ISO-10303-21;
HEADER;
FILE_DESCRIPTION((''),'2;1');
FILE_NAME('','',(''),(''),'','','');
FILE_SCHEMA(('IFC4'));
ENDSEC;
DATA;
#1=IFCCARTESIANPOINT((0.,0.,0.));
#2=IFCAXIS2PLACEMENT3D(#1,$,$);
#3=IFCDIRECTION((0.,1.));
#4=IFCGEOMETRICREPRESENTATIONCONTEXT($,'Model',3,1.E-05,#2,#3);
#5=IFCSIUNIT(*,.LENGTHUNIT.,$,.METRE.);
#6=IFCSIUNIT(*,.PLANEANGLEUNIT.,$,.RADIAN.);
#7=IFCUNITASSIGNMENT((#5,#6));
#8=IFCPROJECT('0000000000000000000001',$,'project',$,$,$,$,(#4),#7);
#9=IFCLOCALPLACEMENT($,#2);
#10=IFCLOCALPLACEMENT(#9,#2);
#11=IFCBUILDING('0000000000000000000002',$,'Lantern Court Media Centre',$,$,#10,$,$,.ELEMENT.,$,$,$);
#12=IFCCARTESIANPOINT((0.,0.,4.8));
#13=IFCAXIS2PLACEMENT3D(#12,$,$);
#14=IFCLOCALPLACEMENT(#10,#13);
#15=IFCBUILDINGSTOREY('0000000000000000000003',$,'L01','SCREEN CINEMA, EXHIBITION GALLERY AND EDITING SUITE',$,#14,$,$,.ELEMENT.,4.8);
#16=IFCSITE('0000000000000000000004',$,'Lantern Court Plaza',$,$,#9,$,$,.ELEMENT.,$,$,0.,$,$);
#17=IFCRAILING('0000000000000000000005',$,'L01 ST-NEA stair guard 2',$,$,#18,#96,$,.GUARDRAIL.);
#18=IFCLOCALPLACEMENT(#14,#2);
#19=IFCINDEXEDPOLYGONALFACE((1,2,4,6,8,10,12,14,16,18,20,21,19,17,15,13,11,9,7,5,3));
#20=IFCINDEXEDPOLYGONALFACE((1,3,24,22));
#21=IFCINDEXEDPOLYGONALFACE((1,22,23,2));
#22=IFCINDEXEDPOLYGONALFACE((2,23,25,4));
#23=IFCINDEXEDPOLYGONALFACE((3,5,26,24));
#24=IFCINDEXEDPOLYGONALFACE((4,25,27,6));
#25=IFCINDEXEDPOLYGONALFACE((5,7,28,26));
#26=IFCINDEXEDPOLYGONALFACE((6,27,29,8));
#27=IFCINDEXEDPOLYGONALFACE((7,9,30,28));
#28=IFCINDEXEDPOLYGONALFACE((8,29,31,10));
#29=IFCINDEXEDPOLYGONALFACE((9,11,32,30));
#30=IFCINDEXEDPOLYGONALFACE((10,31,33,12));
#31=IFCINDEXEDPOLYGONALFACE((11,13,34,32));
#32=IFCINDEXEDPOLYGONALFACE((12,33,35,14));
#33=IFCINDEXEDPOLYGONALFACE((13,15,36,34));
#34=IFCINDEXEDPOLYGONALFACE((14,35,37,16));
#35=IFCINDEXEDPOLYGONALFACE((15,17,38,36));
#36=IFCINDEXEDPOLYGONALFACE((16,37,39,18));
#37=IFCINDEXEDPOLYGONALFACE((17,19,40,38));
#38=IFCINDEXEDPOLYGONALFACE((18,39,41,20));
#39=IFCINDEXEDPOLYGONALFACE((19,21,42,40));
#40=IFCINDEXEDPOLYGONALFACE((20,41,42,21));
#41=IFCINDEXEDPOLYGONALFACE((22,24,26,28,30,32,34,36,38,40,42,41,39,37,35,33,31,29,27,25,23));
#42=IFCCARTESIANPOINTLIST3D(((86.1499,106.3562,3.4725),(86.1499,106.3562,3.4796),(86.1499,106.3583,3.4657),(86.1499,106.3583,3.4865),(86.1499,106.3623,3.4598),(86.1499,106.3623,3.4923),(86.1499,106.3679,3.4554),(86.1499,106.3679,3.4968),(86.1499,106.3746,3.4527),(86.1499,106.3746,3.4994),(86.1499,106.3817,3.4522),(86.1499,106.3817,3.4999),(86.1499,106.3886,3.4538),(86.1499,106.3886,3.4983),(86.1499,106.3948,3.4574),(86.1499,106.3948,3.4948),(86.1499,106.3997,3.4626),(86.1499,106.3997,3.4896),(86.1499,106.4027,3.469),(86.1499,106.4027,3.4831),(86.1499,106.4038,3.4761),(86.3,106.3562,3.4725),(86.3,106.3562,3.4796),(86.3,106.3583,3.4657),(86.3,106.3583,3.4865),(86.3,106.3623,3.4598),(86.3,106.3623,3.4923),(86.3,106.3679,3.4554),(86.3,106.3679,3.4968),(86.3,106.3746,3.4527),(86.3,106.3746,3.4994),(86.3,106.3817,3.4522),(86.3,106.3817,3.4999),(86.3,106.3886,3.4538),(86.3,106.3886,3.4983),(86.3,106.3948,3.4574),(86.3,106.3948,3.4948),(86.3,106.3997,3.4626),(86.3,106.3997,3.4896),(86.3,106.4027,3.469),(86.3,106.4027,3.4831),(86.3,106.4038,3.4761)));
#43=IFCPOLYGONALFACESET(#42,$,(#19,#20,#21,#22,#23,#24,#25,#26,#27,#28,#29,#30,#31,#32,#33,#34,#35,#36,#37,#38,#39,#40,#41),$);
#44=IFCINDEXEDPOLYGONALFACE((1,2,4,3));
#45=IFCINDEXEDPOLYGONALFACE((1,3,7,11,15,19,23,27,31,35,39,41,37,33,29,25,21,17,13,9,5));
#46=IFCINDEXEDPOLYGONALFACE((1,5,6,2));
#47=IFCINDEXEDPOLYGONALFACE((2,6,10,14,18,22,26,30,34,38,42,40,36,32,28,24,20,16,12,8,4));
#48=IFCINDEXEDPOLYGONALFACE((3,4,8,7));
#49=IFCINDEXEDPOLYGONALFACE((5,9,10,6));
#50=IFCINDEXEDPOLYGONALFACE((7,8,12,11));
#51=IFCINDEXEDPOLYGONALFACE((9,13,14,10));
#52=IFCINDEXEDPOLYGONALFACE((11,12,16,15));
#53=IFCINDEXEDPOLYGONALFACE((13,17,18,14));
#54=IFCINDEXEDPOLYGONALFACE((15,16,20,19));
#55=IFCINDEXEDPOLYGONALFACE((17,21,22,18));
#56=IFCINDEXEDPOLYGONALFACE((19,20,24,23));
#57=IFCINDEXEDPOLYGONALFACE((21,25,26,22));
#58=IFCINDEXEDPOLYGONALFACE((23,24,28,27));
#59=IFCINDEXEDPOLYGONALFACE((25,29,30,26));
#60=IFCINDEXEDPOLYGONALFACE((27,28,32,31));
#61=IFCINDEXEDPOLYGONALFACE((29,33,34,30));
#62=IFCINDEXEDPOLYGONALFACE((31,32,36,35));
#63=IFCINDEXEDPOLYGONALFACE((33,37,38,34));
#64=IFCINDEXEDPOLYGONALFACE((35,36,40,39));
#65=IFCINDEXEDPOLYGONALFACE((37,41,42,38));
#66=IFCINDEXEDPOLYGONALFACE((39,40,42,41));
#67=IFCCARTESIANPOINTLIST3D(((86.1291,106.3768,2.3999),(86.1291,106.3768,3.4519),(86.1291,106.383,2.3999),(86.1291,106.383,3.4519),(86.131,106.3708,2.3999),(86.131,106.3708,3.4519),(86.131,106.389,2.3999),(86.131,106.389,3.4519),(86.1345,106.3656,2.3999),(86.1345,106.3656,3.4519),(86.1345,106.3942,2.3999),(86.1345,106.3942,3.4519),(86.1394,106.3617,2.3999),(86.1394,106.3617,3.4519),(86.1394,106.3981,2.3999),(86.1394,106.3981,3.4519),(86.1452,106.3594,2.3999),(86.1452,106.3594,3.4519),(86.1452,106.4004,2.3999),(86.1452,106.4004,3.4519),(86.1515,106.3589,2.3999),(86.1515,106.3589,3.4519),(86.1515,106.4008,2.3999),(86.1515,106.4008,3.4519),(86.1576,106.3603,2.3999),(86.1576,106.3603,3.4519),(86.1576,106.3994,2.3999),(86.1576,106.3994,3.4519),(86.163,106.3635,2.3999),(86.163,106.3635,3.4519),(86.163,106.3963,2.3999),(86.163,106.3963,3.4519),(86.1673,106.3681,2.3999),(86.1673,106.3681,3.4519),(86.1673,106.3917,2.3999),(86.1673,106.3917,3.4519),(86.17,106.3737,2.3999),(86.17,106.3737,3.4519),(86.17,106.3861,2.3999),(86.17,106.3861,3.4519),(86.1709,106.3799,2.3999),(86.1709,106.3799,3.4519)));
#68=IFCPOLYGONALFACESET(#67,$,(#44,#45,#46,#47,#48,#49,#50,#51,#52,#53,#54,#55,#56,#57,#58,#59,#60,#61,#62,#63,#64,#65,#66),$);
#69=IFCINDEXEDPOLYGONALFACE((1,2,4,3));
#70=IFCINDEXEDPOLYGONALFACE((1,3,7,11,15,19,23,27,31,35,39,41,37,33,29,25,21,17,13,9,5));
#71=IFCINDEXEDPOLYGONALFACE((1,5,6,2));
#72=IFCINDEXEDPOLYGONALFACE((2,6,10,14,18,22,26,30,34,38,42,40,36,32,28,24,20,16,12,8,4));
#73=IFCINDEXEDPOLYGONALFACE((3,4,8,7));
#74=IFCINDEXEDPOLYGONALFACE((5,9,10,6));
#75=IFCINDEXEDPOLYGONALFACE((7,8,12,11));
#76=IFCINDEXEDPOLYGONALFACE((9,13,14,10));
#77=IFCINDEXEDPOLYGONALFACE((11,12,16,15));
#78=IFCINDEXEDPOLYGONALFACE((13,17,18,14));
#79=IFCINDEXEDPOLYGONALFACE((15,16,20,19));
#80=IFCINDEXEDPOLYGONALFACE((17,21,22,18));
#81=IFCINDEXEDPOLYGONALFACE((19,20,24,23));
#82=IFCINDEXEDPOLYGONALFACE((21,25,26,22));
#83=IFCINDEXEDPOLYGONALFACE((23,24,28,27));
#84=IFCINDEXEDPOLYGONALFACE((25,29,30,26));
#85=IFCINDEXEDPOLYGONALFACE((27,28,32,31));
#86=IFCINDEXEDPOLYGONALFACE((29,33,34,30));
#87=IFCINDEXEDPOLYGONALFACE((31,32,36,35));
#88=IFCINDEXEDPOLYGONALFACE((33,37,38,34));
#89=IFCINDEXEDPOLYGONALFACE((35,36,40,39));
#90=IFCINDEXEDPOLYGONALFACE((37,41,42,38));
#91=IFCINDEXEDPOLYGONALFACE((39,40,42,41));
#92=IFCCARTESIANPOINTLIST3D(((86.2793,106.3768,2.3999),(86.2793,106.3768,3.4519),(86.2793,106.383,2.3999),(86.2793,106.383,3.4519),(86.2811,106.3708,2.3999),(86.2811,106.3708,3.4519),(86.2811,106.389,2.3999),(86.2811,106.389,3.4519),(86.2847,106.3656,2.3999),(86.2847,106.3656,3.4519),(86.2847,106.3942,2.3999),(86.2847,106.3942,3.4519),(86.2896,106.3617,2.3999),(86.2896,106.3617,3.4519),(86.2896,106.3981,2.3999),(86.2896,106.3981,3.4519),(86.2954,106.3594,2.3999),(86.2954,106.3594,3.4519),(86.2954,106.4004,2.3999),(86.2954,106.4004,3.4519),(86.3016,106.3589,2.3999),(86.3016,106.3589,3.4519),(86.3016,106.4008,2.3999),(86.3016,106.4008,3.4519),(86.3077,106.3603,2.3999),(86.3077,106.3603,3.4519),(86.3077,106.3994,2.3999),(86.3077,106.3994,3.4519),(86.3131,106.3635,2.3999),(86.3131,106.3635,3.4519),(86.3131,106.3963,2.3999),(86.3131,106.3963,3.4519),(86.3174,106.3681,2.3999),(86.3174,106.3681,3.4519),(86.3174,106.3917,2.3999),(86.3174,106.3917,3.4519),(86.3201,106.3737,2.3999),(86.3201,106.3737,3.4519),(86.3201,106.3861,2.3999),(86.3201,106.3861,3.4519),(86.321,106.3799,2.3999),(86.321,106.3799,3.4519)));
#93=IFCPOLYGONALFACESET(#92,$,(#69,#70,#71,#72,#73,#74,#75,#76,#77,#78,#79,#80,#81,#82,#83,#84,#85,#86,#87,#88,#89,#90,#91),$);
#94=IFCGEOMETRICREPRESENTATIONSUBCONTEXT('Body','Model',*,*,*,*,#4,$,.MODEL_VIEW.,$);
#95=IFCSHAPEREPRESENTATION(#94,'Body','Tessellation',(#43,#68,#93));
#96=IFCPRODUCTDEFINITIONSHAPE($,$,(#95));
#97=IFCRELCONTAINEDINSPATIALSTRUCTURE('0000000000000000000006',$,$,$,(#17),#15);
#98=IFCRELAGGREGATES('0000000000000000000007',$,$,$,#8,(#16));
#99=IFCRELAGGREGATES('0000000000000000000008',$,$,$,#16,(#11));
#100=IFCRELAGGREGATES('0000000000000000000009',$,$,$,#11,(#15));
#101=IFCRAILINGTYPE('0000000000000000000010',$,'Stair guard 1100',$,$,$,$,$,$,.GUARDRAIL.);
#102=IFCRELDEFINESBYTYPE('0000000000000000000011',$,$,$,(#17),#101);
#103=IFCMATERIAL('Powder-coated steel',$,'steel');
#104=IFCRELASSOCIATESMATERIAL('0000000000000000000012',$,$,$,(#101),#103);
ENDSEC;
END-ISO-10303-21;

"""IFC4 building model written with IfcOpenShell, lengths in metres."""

from ifc_helpers import new_model, si_unit, direction, frame, origin, origin_2d, place, context, subcontext, project, spatial, circle, extrude, material, type_object, element, save


model = new_model("IFC4")

# Units and contexts
model_context = context("Model", 3, precision=1e-05, world=origin(), true_north=direction((0.0, 1.0)))
body_context = subcontext(model_context, "Body", "Model", "MODEL_VIEW")
ifc_project = project(units=[si_unit("LENGTHUNIT", "METRE"), si_unit("PLANEANGLEUNIT", "RADIAN")], contexts=[model_context])

# Site, building, storey
site_placement = place(None, origin())
site = spatial("IfcSite", under=ifc_project, at=site_placement, Name="Lantern Court Plaza", CompositionType="ELEMENT", RefElevation=0.0)
building_placement = place(site_placement, origin())
building = spatial("IfcBuilding", under=site, at=building_placement, Name="Lantern Court Media Centre", CompositionType="ELEMENT")
storey_placement = place(building_placement, frame((0.0, 0.0, 4.8)))
storey = spatial("IfcBuildingStorey", under=building, at=storey_placement, Name="L01", Description="SCREEN CINEMA, EXHIBITION GALLERY AND EDITING SUITE", CompositionType="ELEMENT", Elevation=4.8)

# Shared definitions
ifc_material_1 = material(Name="Powder-coated steel", Category="steel")

# Railing
railing_type_1 = type_object("IfcRailingType", Name="Stair guard 1100", PredefinedType="GUARDRAIL", material=ifc_material_1)
railing_1_placement = place(storey_placement, frame((86.1499, 106.3799, 2.3999)))
element("IfcRailing", 1, at=railing_1_placement, inside=storey, type_object=railing_type_1, Name="L01 ST-NEA stair guard 2", PredefinedType="GUARDRAIL", context=body_context, shape_type="SweptSolid", body=[
    extrude(circle(Radius=0.0239, at=origin_2d()), frame((0.0, 0.0, 1.0762), z_axis=(1.0, 0.0, 0.0), x_axis=(0.0, 1.0, 0.0)), (0.0, 0.0, 1.0), 0.1501),
    extrude(circle(Radius=0.021, at=origin_2d()), origin(), (0.0, 0.0, 1.0), 1.052),
    extrude(circle(Radius=0.021, at=origin_2d()), frame((0.1501, 0.0, 0.0)), (0.0, 0.0, 1.0), 1.052),
])

save(model, "model.ifc")
